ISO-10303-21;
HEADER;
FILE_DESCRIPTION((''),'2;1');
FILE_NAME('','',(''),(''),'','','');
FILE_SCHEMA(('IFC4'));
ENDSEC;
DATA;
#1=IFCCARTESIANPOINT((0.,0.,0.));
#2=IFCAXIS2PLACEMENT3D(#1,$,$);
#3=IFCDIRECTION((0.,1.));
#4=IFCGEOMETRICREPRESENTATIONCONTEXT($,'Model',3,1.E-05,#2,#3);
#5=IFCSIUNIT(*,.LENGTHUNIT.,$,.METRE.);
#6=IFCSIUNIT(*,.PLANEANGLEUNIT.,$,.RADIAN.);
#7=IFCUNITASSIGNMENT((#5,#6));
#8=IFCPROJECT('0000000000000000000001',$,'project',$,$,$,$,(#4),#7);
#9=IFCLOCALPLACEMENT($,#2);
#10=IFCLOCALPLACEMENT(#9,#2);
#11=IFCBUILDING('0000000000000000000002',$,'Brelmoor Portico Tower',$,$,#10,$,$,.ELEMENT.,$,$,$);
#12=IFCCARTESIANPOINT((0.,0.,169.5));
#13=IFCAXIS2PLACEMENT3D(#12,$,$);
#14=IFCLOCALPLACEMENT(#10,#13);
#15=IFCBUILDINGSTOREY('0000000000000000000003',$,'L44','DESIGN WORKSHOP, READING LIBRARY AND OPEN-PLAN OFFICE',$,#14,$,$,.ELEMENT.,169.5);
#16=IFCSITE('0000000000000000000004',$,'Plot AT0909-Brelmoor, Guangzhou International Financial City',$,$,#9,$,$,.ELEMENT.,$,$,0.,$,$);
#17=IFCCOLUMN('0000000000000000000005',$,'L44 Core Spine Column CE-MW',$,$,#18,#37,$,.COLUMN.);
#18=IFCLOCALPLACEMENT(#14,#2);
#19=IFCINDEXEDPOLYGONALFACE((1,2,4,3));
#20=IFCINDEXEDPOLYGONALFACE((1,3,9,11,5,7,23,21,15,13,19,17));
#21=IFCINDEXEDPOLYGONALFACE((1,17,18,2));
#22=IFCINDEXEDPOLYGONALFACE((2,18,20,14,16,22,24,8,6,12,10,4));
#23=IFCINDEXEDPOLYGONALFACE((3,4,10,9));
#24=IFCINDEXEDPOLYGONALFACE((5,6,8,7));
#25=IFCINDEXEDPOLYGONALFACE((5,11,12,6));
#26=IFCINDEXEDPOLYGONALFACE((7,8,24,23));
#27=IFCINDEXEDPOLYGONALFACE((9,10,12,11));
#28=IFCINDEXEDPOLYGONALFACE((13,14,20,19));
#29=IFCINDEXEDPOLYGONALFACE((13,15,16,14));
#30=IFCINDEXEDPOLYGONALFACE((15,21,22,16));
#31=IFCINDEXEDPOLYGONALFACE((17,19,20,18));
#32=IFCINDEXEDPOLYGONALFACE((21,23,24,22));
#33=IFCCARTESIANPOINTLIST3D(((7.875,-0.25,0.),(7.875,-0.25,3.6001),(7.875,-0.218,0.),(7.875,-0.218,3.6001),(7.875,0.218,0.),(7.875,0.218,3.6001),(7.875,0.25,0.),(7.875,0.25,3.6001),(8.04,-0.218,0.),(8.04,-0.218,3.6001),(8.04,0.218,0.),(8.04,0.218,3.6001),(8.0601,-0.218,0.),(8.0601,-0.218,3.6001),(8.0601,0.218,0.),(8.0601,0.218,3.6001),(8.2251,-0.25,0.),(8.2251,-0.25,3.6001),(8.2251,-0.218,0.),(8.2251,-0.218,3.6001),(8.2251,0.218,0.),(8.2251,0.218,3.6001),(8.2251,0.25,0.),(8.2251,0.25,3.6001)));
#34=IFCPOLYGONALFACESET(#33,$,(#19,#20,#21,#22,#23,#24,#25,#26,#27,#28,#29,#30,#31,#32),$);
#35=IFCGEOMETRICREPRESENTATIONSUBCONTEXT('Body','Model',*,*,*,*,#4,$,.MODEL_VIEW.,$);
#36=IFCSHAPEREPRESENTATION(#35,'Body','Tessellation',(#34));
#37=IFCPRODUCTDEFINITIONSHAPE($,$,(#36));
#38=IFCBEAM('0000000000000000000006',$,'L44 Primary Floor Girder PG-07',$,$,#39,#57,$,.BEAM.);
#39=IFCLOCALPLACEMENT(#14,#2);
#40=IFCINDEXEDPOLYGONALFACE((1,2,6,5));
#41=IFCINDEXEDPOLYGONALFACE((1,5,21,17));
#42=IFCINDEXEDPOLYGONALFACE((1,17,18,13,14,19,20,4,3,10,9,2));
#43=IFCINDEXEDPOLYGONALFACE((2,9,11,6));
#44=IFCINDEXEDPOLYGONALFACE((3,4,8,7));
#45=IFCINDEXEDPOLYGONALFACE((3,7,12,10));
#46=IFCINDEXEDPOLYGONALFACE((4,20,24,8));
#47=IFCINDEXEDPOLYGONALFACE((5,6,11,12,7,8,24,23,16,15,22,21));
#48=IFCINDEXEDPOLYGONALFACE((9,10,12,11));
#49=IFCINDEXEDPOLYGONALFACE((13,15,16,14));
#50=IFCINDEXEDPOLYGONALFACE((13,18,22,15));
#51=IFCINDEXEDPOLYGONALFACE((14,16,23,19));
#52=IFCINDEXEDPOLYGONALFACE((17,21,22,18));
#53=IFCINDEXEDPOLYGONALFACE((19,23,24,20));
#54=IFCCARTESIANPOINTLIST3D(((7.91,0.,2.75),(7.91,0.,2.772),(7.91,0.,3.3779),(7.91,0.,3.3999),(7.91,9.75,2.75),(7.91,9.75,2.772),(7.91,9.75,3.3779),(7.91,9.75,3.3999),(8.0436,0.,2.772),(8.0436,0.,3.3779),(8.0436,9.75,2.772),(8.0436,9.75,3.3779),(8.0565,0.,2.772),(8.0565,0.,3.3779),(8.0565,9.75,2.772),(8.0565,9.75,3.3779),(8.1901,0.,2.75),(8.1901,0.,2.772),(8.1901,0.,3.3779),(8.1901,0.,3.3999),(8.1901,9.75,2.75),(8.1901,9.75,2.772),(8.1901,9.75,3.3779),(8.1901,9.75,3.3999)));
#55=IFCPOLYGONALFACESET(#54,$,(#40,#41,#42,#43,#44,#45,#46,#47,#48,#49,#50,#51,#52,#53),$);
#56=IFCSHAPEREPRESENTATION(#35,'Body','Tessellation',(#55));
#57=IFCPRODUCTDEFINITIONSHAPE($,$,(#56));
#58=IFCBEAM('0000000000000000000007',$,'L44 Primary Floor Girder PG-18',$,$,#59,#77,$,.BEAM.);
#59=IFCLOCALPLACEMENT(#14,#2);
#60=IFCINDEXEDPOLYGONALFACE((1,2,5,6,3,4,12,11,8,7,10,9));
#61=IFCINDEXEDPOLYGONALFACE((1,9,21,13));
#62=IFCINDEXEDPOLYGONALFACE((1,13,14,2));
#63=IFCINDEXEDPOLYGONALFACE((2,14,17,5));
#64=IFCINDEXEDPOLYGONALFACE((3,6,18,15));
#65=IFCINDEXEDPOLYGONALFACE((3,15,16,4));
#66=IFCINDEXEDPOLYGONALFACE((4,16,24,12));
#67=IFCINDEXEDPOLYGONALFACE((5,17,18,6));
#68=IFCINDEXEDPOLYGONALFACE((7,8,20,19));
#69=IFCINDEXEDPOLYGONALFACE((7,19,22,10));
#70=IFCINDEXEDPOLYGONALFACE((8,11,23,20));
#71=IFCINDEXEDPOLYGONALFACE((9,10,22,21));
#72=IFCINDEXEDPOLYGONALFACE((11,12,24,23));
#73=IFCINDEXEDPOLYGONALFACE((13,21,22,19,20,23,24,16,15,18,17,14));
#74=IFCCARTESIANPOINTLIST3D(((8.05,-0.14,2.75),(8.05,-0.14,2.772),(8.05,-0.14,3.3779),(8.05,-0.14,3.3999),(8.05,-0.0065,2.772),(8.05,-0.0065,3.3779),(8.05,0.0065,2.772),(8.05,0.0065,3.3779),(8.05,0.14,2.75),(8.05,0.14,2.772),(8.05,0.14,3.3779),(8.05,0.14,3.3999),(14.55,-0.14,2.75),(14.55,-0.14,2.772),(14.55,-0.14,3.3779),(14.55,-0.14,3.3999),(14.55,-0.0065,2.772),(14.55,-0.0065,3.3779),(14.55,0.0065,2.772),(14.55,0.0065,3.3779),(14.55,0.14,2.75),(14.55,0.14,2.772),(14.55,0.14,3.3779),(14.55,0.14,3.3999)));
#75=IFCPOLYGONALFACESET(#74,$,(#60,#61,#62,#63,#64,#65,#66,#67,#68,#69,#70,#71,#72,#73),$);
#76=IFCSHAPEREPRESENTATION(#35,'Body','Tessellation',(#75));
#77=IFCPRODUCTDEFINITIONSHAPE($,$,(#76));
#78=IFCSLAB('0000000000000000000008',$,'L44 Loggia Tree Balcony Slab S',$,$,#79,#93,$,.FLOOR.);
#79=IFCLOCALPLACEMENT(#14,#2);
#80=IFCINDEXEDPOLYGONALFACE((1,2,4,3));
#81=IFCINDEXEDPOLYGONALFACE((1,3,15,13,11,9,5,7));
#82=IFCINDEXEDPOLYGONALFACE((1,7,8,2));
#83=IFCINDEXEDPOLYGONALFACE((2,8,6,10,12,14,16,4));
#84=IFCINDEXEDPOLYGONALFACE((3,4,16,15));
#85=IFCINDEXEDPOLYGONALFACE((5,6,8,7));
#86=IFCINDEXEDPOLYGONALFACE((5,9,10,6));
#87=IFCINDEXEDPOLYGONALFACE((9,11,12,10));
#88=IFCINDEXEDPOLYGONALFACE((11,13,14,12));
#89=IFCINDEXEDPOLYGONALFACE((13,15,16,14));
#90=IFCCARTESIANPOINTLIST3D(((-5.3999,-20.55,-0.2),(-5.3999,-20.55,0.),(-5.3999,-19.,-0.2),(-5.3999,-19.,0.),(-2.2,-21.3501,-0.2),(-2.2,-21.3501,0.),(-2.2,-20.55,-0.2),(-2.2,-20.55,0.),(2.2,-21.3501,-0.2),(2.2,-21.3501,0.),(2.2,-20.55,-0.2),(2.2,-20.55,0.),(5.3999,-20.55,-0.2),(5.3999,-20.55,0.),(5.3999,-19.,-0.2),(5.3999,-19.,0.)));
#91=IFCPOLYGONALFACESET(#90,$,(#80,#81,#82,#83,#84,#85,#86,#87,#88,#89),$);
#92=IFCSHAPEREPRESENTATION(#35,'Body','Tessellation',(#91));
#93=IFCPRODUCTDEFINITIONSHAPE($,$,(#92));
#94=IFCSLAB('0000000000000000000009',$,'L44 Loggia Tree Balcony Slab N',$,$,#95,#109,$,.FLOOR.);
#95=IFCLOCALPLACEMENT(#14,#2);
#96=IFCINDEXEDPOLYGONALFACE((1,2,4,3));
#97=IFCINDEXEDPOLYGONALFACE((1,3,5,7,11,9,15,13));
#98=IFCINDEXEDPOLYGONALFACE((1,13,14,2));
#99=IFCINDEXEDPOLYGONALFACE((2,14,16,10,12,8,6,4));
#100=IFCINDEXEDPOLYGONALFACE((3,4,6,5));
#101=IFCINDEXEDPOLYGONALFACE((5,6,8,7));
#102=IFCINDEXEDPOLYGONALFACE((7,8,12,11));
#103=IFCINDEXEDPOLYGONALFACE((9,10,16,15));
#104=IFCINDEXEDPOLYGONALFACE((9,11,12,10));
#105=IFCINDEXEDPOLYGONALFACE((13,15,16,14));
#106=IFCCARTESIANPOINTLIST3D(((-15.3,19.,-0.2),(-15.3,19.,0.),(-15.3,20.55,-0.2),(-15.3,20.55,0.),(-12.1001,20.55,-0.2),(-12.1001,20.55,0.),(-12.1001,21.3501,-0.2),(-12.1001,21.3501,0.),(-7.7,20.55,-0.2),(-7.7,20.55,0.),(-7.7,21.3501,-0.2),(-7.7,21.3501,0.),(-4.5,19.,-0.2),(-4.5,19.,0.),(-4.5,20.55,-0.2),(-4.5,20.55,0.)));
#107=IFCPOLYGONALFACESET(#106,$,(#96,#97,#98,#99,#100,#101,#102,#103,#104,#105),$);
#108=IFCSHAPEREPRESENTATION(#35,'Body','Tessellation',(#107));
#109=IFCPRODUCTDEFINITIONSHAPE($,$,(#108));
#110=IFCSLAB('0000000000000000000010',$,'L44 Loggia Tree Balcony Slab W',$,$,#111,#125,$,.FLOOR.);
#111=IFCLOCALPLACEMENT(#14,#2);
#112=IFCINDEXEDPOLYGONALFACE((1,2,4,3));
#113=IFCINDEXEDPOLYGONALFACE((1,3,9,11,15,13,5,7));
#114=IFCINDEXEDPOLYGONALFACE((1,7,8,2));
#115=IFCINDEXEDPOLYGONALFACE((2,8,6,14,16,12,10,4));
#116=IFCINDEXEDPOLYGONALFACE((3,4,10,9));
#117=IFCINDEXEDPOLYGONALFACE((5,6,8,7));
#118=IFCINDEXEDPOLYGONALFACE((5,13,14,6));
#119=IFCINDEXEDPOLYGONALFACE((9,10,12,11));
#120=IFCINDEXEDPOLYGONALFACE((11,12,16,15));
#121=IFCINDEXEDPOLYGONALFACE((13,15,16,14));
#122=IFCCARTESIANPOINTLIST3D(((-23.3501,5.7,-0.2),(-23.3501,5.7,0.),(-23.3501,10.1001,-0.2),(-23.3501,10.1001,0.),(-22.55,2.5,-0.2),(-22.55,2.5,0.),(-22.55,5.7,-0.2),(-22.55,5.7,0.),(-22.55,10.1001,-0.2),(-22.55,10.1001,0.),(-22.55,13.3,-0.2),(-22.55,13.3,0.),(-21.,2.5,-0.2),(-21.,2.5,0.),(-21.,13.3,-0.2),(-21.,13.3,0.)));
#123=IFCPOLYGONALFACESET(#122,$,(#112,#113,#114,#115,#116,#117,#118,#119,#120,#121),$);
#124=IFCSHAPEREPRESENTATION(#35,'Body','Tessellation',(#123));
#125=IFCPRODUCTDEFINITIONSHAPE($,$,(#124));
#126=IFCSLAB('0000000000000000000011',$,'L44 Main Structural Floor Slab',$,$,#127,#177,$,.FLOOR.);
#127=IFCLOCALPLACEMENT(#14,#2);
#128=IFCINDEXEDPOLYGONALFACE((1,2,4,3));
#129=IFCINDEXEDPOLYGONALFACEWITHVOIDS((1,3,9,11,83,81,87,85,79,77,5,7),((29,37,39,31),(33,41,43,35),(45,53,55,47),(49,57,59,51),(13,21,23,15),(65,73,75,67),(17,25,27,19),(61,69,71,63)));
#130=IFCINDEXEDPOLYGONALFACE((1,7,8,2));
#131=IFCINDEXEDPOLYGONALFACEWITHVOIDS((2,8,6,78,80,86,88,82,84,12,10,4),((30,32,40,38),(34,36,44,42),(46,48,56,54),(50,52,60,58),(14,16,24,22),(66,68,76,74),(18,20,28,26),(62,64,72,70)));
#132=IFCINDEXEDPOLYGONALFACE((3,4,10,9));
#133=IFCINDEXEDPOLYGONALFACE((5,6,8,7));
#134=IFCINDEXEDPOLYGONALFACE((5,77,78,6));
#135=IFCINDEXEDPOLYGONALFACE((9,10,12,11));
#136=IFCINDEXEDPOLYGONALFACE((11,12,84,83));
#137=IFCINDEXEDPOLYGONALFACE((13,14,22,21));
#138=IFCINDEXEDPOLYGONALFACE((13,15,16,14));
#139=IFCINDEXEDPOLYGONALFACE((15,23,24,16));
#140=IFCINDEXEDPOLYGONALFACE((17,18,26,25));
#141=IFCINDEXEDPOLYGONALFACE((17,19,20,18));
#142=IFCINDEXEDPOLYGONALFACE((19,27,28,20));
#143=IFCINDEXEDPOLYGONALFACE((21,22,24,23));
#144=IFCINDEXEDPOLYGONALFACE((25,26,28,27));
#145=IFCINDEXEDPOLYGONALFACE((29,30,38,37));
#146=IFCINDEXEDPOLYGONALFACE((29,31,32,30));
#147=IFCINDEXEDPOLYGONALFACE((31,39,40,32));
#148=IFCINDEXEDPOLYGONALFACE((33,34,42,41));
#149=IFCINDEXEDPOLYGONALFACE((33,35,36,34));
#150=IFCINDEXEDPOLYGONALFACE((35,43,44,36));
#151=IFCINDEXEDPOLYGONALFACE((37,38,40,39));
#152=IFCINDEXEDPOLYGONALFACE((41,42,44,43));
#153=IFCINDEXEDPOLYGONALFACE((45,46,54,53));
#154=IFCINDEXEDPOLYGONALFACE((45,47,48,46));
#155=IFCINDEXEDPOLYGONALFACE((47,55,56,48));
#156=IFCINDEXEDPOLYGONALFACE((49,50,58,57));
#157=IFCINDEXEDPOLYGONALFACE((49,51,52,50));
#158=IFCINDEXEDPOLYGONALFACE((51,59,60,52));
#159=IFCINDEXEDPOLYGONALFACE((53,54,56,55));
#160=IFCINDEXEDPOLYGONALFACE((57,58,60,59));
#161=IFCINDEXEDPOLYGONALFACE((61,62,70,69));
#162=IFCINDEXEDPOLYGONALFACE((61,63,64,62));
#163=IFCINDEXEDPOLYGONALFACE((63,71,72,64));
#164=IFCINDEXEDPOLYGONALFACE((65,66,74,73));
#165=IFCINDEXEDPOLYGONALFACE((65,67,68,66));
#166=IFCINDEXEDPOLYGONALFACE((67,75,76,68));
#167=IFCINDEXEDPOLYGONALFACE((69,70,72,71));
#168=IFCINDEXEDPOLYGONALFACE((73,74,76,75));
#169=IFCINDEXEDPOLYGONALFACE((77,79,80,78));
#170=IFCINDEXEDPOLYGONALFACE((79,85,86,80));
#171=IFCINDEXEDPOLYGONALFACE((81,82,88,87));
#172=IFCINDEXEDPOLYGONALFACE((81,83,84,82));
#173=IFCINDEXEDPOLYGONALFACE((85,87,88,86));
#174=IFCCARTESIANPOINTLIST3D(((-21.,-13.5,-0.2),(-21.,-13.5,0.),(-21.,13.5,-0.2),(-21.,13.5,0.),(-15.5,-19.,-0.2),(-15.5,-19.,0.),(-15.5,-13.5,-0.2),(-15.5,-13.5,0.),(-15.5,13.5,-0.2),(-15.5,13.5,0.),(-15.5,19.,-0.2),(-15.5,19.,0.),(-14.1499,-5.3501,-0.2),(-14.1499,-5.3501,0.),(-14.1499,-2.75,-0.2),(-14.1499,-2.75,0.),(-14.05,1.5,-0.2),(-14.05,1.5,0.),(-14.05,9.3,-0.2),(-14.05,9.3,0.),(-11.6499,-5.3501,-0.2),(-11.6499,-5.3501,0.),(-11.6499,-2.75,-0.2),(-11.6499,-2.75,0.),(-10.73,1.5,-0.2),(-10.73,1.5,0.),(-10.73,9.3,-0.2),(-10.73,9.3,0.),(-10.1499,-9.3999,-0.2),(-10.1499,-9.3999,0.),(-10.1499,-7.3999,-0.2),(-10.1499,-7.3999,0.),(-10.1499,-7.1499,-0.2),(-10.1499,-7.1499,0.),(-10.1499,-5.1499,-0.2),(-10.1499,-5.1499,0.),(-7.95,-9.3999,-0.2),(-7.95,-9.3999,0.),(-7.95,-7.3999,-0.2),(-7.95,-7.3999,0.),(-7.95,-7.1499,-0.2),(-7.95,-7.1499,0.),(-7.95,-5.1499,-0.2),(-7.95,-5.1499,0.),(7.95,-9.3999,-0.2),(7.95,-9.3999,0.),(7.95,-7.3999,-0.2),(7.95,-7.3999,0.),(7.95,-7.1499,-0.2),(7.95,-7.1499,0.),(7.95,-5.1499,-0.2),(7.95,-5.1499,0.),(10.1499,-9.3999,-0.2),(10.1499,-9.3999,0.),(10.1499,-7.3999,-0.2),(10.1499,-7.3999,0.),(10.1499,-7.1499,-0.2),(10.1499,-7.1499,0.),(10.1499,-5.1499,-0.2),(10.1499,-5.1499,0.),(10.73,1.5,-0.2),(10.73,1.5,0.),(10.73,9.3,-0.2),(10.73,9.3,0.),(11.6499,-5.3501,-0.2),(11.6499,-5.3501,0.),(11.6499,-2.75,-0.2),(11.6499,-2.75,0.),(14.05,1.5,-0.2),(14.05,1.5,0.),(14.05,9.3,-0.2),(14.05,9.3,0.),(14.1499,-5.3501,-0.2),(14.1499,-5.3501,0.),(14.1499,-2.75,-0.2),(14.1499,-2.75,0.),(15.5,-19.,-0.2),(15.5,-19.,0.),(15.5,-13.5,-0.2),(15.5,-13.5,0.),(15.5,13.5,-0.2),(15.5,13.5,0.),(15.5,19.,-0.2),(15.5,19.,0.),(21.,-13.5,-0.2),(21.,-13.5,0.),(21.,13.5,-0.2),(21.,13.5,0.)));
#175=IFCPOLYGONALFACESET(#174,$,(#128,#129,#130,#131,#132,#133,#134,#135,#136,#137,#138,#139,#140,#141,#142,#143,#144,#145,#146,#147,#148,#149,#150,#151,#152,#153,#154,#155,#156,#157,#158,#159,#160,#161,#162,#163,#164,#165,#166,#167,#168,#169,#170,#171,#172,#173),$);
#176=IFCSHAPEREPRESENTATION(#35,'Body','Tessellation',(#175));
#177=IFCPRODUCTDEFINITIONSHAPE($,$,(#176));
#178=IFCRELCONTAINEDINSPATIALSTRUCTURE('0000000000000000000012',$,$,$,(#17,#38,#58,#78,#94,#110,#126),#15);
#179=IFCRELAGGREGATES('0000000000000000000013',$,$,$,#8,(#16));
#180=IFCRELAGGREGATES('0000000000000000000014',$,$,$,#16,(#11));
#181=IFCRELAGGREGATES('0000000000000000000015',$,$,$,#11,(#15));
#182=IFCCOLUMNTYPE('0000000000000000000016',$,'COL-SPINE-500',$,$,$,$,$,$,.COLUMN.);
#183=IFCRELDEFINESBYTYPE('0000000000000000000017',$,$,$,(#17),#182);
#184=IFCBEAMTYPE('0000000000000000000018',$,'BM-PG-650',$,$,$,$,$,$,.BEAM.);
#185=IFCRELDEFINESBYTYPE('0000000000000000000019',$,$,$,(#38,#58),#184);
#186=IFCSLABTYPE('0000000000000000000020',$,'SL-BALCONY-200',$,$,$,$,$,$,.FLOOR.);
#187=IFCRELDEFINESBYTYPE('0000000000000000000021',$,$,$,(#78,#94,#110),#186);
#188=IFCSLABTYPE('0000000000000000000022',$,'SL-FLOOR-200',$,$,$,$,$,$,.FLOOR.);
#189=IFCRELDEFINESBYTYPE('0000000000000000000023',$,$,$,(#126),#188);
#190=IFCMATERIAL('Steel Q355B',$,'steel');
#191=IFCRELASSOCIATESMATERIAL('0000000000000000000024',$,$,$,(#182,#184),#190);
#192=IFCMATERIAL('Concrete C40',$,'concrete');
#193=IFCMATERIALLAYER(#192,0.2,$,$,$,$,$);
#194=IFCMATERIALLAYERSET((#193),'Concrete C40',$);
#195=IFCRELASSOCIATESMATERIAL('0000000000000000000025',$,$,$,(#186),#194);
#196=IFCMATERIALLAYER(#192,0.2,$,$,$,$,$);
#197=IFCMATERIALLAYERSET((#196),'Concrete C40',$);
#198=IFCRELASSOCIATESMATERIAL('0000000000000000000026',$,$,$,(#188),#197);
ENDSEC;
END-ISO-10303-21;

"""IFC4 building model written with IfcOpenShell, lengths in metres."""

from ifc_helpers import new_model, si_unit, direction, frame, origin, origin_2d, place, context, subcontext, project, spatial, polyline, i_section, outline, extrude, material, layer, layer_set, material_profile, profile_set, type_object, element, save


model = new_model("IFC4")

# Units and contexts
model_context = context("Model", 3, precision=1e-05, world=origin(), true_north=direction((0.0, 1.0)))
body_context = subcontext(model_context, "Body", "Model", "MODEL_VIEW")
ifc_project = project(units=[si_unit("LENGTHUNIT", "METRE"), si_unit("PLANEANGLEUNIT", "RADIAN")], contexts=[model_context])

# Site, building, storey
site_placement = place(None, origin())
site = spatial("IfcSite", under=ifc_project, at=site_placement, Name="Plot AT0909-Brelmoor, Guangzhou International Financial City", CompositionType="ELEMENT", RefElevation=0.0)
building_placement = place(site_placement, origin())
building = spatial("IfcBuilding", under=site, at=building_placement, Name="Brelmoor Portico Tower", CompositionType="ELEMENT")
storey_placement = place(building_placement, frame((0.0, 0.0, 169.5)))
storey = spatial("IfcBuildingStorey", under=building, at=storey_placement, Name="L44", Description="DESIGN WORKSHOP, READING LIBRARY AND OPEN-PLAN OFFICE", CompositionType="ELEMENT", Elevation=169.5)

# Column
ifc_material_1 = material(Name="Steel Q355B", Category="steel")
ifc_material_profile_1 = material_profile(ifc_material_1, i_section(OverallWidth=0.3501, OverallDepth=0.5, WebThickness=0.02, FlangeThickness=0.032, at=origin_2d()), Name="HW 500x350x20x32")
ifc_profile_set_1 = profile_set([ifc_material_profile_1], Name="Steel Q355B")
column_type = type_object("IfcColumnType", Name="COL-SPINE-500", PredefinedType="COLUMN", material=ifc_profile_set_1)
column_placement = place(storey_placement, frame((8.05, 0.0, 0.0), z_axis=(0.0, 0.0, 1.0), x_axis=(1.0, 0.0, 0.0)))
element("IfcColumn", 1, at=column_placement, inside=storey, type_object=column_type, Name="L44 Core Spine Column CE-MW", PredefinedType="COLUMN", context=body_context, shape_type="SweptSolid", body=[
    extrude(i_section(OverallWidth=0.3501, OverallDepth=0.5, WebThickness=0.02, FlangeThickness=0.032, at=origin_2d()), origin(), (0.0, 0.0, 1.0), 3.6001),
])

# Beams
ifc_material_profile_2 = material_profile(ifc_material_1, i_section(OverallWidth=0.28, OverallDepth=0.6499, WebThickness=0.0129, FlangeThickness=0.022, at=origin_2d()), Name="HN 650x280x13x22")
ifc_profile_set_2 = profile_set([ifc_material_profile_2], Name="Steel Q355B")
beam_type = type_object("IfcBeamType", Name="BM-PG-650", PredefinedType="BEAM", material=ifc_profile_set_2)
beam_1_placement = place(storey_placement, frame((8.05, 0.0, 3.075), z_axis=(0.0, 1.0, 0.0), x_axis=(-1.0, 0.0, 0.0)))
element("IfcBeam", 2, at=beam_1_placement, inside=storey, type_object=beam_type, Name="L44 Primary Floor Girder PG-07", PredefinedType="BEAM", context=body_context, shape_type="SweptSolid", body=[
    extrude(i_section(OverallWidth=0.28, OverallDepth=0.6499, WebThickness=0.0129, FlangeThickness=0.022, at=origin_2d()), origin(), (0.0, 0.0, 1.0), 9.75),
])
beam_2_placement = place(storey_placement, frame((8.05, 0.0, 3.075), z_axis=(1.0, 0.0, 0.0), x_axis=(0.0, 1.0, 0.0)))
element("IfcBeam", 3, at=beam_2_placement, inside=storey, type_object=beam_type, Name="L44 Primary Floor Girder PG-18", PredefinedType="BEAM", context=body_context, shape_type="SweptSolid", body=[
    extrude(i_section(OverallWidth=0.28, OverallDepth=0.6499, WebThickness=0.0129, FlangeThickness=0.022, at=origin_2d()), origin(), (0.0, 0.0, 1.0), 6.5),
])

# Slabs
ifc_material_2 = material(Name="Concrete C40", Category="concrete")
ifc_layer_1 = layer(ifc_material_2, 0.2)
ifc_layer_set_1 = layer_set([ifc_layer_1], Name="Concrete C40")
slab_type_1 = type_object("IfcSlabType", Name="SL-BALCONY-200", PredefinedType="FLOOR", material=ifc_layer_set_1)
slab_1_placement = place(storey_placement, frame((0.0, 0.0, -0.2)))
element("IfcSlab", 4, at=slab_1_placement, inside=storey, type_object=slab_type_1, Name="L44 Loggia Tree Balcony Slab S", PredefinedType="FLOOR", context=body_context, shape_type="SweptSolid", body=[
    extrude(outline(polyline([(-5.3999, -20.55), (-2.2, -20.55), (-2.2, -21.3501), (2.2, -21.3501), (2.2, -20.55), (5.3999, -20.55), (5.3999, -19.0), (-5.3999, -19.0), (-5.3999, -20.55)])), origin(), (0.0, 0.0, 1.0), 0.2),
])
slab_2_placement = place(storey_placement, frame((0.0, 0.0, -0.2)))
element("IfcSlab", 5, at=slab_2_placement, inside=storey, type_object=slab_type_1, Name="L44 Loggia Tree Balcony Slab N", PredefinedType="FLOOR", context=body_context, shape_type="SweptSolid", body=[
    extrude(outline(polyline([(-15.3, 19.0), (-4.5, 19.0), (-4.5, 20.55), (-7.7, 20.55), (-7.7, 21.3501), (-12.1001, 21.3501), (-12.1001, 20.55), (-15.3, 20.55), (-15.3, 19.0)])), origin(), (0.0, 0.0, 1.0), 0.2),
])
slab_3_placement = place(storey_placement, frame((0.0, 0.0, -0.2)))
element("IfcSlab", 6, at=slab_3_placement, inside=storey, type_object=slab_type_1, Name="L44 Loggia Tree Balcony Slab W", PredefinedType="FLOOR", context=body_context, shape_type="SweptSolid", body=[
    extrude(outline(polyline([(-22.55, 2.5), (-21.0, 2.5), (-21.0, 13.3), (-22.55, 13.3), (-22.55, 10.1001), (-23.3501, 10.1001), (-23.3501, 5.7), (-22.55, 5.7), (-22.55, 2.5)])), origin(), (0.0, 0.0, 1.0), 0.2),
])
ifc_layer_2 = layer(ifc_material_2, 0.2)
ifc_layer_set_2 = layer_set([ifc_layer_2], Name="Concrete C40")
slab_type_2 = type_object("IfcSlabType", Name="SL-FLOOR-200", PredefinedType="FLOOR", material=ifc_layer_set_2)
slab_4_placement = place(storey_placement, frame((0.0, 0.0, -0.2)))
element("IfcSlab", 7, at=slab_4_placement, inside=storey, type_object=slab_type_2, Name="L44 Main Structural Floor Slab", PredefinedType="FLOOR", context=body_context, shape_type="SweptSolid", body=[
    extrude(outline(polyline([(-15.5, -19.0), (15.5, -19.0), (15.5, -13.5), (21.0, -13.5), (21.0, 13.5), (15.5, 13.5), (15.5, 19.0), (-15.5, 19.0), (-15.5, 13.5), (-21.0, 13.5), (-21.0, -13.5), (-15.5, -13.5), (-15.5, -19.0)]), holes=[polyline([(-10.73, 1.5), (-10.73, 9.3), (-14.05, 9.3), (-14.05, 1.5), (-10.73, 1.5)]), polyline([(14.05, 1.5), (14.05, 9.3), (10.73, 9.3), (10.73, 1.5), (14.05, 1.5)]), polyline([(-10.1499, -9.3999), (-7.95, -9.3999), (-7.95, -7.3999), (-10.1499, -7.3999), (-10.1499, -9.3999)]), polyline([(-10.1499, -7.1499), (-7.95, -7.1499), (-7.95, -5.1499), (-10.1499, -5.1499), (-10.1499, -7.1499)]), polyline([(7.95, -9.3999), (10.1499, -9.3999), (10.1499, -7.3999), (7.95, -7.3999), (7.95, -9.3999)]), polyline([(7.95, -7.1499), (10.1499, -7.1499), (10.1499, -5.1499), (7.95, -5.1499), (7.95, -7.1499)]), polyline([(-14.1499, -5.3501), (-11.6499, -5.3501), (-11.6499, -2.75), (-14.1499, -2.75), (-14.1499, -5.3501)]), polyline([(11.6499, -5.3501), (14.1499, -5.3501), (14.1499, -2.75), (11.6499, -2.75), (11.6499, -5.3501)])]), origin(), (0.0, 0.0, 1.0), 0.2),
])

save(model, "model.ifc")
